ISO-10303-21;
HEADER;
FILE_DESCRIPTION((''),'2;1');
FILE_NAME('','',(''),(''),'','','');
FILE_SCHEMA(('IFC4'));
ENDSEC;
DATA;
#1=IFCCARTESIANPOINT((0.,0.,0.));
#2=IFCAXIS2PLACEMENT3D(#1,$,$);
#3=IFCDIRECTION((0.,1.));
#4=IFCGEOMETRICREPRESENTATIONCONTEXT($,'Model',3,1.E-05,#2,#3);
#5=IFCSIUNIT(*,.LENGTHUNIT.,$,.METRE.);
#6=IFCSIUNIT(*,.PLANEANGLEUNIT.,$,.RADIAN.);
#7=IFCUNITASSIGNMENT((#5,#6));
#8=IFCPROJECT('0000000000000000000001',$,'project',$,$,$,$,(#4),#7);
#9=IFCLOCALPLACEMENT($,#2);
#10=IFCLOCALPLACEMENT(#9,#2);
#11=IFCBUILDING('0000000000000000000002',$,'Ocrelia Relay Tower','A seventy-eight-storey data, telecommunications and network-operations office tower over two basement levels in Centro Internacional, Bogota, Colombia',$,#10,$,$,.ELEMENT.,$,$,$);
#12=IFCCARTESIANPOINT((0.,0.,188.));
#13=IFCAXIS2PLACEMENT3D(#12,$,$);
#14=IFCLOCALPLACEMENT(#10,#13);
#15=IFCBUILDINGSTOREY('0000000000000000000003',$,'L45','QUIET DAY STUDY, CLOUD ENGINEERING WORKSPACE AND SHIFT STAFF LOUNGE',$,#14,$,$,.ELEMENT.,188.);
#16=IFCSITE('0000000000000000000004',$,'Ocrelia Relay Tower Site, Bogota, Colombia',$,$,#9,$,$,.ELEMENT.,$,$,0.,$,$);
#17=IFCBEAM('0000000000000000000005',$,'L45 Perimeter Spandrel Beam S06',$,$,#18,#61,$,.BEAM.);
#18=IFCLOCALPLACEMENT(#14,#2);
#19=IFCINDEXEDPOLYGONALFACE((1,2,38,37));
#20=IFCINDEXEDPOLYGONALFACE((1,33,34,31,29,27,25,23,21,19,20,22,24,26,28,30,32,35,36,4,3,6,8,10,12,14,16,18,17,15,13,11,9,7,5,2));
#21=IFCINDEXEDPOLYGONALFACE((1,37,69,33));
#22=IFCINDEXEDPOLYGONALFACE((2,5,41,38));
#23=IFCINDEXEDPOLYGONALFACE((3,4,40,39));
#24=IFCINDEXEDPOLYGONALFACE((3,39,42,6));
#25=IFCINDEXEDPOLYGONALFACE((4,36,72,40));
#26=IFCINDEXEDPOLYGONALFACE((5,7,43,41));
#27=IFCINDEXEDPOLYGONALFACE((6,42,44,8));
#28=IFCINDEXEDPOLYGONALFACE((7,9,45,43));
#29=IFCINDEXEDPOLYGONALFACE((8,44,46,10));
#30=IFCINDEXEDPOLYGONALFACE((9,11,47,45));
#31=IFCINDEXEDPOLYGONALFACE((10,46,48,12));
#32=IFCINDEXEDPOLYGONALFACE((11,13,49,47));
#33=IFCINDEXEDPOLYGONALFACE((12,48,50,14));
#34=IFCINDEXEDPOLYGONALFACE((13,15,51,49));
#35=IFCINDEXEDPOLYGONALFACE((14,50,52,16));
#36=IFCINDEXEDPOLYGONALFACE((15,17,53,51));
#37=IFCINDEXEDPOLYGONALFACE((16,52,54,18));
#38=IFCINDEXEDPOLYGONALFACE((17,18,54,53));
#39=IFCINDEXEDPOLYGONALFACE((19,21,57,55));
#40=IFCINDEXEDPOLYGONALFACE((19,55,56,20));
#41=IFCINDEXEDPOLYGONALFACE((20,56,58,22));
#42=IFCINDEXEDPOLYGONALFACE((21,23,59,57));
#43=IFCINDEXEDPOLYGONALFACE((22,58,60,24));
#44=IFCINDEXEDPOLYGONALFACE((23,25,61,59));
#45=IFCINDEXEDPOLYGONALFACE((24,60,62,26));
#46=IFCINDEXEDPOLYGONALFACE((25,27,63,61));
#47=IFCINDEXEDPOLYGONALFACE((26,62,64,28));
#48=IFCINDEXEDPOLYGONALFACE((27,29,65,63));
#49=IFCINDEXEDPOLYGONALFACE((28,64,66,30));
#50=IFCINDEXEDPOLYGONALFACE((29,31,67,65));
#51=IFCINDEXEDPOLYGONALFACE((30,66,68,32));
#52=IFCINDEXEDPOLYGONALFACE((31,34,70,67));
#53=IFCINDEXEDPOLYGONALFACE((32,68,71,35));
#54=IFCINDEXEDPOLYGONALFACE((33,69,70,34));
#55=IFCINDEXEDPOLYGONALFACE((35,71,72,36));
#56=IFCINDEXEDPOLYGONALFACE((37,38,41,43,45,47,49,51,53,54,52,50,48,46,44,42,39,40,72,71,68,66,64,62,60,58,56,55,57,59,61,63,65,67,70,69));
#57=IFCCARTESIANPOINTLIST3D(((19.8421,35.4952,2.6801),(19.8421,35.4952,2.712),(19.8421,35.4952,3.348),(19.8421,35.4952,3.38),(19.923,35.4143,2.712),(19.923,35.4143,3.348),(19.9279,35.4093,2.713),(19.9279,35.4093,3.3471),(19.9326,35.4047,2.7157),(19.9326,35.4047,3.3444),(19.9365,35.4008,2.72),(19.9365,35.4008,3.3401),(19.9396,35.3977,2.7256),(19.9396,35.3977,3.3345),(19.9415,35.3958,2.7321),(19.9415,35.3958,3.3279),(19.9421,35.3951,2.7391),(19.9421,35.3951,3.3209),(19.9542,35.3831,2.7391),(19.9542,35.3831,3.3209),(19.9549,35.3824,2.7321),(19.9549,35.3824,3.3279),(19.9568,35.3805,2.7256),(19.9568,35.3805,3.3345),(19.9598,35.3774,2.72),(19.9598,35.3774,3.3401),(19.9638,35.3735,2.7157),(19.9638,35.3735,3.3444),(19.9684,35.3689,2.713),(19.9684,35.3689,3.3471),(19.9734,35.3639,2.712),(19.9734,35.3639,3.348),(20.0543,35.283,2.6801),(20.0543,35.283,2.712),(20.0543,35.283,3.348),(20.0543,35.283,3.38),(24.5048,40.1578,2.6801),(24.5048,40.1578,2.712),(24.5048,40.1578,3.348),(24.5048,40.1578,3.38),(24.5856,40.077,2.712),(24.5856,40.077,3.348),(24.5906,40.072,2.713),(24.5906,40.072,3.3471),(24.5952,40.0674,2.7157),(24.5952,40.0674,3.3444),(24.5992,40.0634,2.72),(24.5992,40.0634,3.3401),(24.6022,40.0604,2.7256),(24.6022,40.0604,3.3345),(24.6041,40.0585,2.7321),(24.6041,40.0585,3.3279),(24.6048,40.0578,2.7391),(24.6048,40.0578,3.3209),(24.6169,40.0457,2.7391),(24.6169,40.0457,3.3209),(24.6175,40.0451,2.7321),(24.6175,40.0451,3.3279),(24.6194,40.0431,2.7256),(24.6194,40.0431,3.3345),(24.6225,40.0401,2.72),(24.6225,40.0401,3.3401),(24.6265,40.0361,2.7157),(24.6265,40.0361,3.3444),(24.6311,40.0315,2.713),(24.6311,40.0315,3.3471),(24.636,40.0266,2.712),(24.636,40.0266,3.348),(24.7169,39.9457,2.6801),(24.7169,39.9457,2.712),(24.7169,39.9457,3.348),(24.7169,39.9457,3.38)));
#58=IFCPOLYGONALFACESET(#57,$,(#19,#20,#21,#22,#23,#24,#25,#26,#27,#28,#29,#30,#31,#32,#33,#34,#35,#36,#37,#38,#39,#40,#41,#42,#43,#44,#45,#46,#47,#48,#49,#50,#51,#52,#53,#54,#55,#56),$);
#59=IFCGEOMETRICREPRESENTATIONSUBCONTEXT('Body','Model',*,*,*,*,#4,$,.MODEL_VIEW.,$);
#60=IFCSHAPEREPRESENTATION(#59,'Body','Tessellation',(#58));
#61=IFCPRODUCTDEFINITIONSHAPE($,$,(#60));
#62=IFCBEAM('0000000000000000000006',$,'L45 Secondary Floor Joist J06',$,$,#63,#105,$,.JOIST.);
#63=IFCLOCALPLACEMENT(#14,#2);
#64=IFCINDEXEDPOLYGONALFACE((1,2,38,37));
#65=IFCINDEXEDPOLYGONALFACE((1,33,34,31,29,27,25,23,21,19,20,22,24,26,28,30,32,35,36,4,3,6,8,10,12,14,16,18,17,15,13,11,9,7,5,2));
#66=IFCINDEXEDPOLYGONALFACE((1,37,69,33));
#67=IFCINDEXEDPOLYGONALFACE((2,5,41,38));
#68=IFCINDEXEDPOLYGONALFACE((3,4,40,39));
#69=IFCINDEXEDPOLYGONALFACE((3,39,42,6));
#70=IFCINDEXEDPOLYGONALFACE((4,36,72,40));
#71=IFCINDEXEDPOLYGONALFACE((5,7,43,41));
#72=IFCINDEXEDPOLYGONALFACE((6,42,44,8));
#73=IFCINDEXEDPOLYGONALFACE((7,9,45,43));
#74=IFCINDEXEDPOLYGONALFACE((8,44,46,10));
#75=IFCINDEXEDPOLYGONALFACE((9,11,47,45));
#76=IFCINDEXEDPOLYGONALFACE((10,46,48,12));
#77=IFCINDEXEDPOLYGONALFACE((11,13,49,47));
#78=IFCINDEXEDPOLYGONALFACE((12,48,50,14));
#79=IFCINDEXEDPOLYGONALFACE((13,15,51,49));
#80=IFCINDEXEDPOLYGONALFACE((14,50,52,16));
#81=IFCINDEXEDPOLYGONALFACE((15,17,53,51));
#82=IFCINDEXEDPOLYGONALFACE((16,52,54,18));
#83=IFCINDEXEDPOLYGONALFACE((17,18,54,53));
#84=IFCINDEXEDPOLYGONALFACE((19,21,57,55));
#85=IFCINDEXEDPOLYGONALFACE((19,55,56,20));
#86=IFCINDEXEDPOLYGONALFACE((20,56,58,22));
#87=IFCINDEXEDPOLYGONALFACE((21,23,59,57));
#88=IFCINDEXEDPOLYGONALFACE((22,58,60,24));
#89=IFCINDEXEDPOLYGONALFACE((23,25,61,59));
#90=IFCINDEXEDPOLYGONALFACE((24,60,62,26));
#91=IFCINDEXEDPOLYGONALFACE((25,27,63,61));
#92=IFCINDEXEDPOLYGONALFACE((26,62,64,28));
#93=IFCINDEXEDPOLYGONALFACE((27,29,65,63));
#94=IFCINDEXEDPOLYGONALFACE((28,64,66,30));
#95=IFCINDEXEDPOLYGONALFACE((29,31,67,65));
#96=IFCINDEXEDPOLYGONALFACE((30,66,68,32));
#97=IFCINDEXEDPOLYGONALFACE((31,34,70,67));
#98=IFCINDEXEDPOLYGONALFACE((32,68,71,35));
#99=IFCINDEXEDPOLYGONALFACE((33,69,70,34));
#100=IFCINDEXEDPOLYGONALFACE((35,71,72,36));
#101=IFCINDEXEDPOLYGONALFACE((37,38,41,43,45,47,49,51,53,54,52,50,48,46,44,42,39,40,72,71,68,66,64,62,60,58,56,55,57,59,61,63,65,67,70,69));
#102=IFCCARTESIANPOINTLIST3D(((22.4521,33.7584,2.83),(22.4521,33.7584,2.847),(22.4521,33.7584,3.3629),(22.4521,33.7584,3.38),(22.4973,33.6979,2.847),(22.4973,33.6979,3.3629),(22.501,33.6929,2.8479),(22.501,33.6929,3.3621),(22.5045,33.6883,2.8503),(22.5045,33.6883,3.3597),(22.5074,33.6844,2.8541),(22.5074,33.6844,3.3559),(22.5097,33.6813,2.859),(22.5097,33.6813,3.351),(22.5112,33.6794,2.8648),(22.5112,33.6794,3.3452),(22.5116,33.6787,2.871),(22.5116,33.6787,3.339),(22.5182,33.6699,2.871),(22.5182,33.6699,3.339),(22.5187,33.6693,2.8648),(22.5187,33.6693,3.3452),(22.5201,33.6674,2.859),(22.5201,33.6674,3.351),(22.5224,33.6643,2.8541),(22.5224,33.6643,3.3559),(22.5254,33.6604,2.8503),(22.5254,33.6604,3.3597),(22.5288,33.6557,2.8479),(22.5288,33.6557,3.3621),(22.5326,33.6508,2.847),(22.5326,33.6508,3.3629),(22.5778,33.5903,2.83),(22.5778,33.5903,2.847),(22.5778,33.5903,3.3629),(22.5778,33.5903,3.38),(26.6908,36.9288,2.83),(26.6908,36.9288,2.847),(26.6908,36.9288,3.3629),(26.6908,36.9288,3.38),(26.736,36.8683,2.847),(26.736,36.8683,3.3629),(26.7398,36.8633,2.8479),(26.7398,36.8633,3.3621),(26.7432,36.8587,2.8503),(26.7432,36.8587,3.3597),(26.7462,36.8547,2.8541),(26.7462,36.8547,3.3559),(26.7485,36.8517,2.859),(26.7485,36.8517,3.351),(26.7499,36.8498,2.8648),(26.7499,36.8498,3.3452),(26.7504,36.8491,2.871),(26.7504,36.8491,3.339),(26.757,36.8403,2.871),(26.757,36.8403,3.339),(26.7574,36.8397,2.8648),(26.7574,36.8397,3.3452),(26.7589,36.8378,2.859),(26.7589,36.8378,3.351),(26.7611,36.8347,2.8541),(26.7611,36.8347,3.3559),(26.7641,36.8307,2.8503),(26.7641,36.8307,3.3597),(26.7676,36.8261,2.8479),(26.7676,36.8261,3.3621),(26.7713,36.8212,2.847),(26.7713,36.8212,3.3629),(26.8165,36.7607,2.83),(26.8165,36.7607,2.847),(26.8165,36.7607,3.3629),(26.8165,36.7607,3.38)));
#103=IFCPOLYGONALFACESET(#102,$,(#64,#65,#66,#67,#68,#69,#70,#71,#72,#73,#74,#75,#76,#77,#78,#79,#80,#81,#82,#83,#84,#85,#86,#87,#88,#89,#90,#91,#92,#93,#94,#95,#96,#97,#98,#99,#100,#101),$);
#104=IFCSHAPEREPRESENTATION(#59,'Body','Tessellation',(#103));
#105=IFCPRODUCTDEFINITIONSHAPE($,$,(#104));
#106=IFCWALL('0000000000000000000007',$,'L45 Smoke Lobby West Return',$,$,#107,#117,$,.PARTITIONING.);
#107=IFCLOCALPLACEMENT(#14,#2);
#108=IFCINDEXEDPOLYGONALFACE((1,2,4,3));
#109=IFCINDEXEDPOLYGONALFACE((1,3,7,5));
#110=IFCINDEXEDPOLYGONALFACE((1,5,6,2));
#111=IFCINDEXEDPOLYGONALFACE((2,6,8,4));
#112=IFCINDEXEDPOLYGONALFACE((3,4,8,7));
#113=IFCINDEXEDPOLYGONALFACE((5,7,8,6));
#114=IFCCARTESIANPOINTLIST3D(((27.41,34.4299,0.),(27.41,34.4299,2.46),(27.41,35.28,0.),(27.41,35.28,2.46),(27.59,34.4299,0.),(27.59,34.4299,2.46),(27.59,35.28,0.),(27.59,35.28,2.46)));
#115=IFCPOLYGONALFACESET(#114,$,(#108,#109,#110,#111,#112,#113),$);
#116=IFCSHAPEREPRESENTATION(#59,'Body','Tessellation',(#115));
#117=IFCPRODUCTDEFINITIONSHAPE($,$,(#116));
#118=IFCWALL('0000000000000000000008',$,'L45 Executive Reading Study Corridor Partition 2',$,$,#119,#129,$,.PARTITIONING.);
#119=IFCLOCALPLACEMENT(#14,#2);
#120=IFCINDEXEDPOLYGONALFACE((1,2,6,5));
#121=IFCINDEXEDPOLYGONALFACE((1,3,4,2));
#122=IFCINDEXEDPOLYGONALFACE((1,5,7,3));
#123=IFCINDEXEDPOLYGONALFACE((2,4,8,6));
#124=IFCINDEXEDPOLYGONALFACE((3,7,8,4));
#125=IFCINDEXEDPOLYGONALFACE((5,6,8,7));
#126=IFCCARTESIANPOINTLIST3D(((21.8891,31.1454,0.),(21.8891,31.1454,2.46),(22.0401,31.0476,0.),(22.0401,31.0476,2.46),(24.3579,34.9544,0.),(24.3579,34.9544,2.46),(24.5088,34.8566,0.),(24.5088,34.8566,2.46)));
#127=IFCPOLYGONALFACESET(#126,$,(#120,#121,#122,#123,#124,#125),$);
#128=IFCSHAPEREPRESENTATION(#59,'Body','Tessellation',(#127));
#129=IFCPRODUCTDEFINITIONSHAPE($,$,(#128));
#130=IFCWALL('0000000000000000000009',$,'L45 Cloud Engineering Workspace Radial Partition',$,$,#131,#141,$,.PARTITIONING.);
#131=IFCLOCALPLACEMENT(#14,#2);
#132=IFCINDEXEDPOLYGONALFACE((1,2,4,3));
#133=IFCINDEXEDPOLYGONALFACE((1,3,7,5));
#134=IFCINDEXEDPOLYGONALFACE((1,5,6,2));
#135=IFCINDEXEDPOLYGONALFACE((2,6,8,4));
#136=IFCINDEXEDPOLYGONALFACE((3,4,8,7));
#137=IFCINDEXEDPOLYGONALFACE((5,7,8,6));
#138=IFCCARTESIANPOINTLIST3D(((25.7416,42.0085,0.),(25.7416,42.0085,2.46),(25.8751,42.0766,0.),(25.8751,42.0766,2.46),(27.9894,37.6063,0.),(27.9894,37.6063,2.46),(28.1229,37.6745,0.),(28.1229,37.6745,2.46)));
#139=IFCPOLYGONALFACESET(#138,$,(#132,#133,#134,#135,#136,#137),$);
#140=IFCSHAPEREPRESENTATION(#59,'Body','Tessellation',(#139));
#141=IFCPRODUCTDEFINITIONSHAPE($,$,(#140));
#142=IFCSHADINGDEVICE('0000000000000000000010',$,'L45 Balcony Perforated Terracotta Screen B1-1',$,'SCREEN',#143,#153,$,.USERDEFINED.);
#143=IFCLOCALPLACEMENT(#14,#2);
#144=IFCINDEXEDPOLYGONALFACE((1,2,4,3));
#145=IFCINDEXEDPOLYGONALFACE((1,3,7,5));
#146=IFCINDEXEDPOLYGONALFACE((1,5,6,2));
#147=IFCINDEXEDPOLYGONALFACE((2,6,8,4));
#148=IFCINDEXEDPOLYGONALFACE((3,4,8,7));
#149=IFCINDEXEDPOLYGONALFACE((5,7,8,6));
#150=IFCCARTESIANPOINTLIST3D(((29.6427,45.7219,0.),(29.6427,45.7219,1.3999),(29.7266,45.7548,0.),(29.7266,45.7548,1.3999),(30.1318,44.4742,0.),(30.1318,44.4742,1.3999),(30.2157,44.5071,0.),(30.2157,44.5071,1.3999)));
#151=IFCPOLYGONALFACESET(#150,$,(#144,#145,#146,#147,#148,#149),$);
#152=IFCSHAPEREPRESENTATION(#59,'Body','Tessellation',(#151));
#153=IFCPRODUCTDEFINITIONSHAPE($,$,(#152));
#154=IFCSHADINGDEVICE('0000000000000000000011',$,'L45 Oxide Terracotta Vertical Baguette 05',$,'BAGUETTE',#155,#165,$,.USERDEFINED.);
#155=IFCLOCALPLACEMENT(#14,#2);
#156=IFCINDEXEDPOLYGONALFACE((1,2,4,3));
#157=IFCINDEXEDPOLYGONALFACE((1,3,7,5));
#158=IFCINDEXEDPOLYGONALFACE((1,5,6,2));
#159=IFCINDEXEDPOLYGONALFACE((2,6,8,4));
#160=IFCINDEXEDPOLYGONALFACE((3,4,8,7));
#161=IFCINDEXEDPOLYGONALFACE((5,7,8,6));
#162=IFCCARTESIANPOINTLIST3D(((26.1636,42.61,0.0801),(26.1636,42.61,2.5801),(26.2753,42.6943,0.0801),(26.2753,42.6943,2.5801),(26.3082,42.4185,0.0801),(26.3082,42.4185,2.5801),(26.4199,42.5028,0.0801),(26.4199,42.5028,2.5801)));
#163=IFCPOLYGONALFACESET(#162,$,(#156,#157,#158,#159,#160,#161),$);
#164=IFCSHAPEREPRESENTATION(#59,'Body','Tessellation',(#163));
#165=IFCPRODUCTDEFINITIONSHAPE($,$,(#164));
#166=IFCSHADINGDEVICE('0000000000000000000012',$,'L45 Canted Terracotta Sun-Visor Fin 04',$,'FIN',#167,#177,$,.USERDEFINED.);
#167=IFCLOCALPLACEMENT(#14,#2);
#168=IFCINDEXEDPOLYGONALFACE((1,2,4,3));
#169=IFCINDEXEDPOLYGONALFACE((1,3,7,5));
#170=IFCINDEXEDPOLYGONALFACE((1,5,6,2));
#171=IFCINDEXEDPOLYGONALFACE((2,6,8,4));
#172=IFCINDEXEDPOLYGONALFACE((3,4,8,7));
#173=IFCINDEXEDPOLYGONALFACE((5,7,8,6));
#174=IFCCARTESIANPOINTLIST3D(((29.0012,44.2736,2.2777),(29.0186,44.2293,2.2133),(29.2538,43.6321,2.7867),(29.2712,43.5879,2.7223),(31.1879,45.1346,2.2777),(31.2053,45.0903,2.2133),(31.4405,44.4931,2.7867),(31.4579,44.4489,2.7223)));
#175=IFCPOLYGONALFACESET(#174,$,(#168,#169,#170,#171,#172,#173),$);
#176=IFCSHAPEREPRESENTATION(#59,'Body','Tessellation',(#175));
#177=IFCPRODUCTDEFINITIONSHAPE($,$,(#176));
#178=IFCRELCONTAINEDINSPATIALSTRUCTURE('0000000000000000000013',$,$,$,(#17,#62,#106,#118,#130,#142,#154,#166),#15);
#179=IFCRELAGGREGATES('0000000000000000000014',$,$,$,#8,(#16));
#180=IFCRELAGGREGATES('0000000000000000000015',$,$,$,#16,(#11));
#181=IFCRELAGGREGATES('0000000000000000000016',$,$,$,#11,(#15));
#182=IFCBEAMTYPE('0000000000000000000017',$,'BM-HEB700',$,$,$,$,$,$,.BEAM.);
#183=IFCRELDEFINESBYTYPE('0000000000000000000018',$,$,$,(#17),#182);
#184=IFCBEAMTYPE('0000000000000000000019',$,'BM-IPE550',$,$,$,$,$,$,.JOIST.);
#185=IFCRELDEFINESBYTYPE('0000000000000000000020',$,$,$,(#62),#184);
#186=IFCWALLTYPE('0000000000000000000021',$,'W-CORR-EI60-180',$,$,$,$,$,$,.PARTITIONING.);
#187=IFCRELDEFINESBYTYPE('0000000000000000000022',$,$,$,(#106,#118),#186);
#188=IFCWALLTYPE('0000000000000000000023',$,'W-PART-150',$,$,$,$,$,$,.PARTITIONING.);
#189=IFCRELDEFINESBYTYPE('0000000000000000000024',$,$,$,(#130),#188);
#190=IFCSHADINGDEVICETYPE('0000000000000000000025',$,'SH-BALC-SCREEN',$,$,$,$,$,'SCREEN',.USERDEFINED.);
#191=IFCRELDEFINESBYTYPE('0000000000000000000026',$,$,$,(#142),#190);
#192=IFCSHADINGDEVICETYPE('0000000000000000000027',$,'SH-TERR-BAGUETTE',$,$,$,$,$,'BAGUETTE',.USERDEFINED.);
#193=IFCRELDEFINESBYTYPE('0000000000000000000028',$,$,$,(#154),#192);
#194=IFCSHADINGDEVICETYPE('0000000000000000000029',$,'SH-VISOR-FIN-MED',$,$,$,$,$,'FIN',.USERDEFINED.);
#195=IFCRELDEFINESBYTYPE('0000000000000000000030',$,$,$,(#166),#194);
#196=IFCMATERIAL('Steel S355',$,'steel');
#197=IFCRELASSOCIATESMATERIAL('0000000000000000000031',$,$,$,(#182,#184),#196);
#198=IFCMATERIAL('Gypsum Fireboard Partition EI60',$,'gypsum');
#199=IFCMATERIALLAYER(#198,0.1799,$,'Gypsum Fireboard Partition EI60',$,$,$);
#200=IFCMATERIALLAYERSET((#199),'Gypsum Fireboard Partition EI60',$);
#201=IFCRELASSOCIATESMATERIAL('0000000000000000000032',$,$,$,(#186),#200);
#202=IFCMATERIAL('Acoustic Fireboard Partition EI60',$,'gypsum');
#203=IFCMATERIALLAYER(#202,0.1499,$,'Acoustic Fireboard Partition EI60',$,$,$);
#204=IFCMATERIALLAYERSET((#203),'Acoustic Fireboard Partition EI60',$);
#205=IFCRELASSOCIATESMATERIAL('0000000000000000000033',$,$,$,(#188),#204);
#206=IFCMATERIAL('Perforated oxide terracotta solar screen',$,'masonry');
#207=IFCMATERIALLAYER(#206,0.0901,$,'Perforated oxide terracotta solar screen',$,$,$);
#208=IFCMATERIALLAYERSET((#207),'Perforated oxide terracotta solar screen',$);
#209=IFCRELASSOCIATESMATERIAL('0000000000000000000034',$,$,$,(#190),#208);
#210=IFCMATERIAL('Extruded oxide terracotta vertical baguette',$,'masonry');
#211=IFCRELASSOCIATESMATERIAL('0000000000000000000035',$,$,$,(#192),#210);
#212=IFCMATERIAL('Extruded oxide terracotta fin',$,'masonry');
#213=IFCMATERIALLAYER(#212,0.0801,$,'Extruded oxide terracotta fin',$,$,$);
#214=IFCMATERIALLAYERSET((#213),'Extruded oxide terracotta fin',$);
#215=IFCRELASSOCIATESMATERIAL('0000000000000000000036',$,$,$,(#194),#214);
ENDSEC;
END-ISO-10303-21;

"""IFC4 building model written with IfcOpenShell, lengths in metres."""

from ifc_helpers import new_model, si_unit, direction, frame, frame_2d, origin, origin_2d, place, context, subcontext, project, spatial, rectangle, i_section, extrude, material, layer, layer_set, material_profile, profile_set, type_object, element, save


model = new_model("IFC4")

# Units and contexts
model_context = context("Model", 3, precision=1e-05, world=origin(), true_north=direction((0.0, 1.0)))
body_context = subcontext(model_context, "Body", "Model", "MODEL_VIEW")
ifc_project = project(units=[si_unit("LENGTHUNIT", "METRE"), si_unit("PLANEANGLEUNIT", "RADIAN")], contexts=[model_context])

# Site, building, storey
site_placement = place(None, origin())
site = spatial("IfcSite", under=ifc_project, at=site_placement, Name="Ocrelia Relay Tower Site, Bogota, Colombia", CompositionType="ELEMENT", RefElevation=0.0)
building_placement = place(site_placement, origin())
building = spatial("IfcBuilding", under=site, at=building_placement, Name="Ocrelia Relay Tower", Description="A seventy-eight-storey data, telecommunications and network-operations office tower over two basement levels in Centro Internacional, Bogota, Colombia", CompositionType="ELEMENT")
storey_placement = place(building_placement, frame((0.0, 0.0, 188.0)))
storey = spatial("IfcBuildingStorey", under=building, at=storey_placement, Name="L45", Description="QUIET DAY STUDY, CLOUD ENGINEERING WORKSPACE AND SHIFT STAFF LOUNGE", CompositionType="ELEMENT", Elevation=188.0)

# Beams
ifc_material_1 = material(Name="Steel S355", Category="steel")
ifc_material_profile_1 = material_profile(ifc_material_1, i_section(OverallWidth=0.3, OverallDepth=0.7, WebThickness=0.0171, FlangeThickness=0.032, FilletRadius=0.0271, at=origin_2d()), Name="HEB 700")
ifc_profile_set_1 = profile_set([ifc_material_profile_1], Name="Steel S355")
beam_type_1 = type_object("IfcBeamType", Name="BM-HEB700", PredefinedType="BEAM", material=ifc_profile_set_1)
beam_1_placement = place(storey_placement, frame((24.6108, 40.0518, 3.03), z_axis=(-0.707107, -0.707107, 0.0), x_axis=(0.707107, -0.707107, 0.0)))
element("IfcBeam", 1, at=beam_1_placement, inside=storey, type_object=beam_type_1, Name="L45 Perimeter Spandrel Beam S06", PredefinedType="BEAM", context=body_context, shape_type="SweptSolid", body=[
    extrude(i_section(OverallWidth=0.3, OverallDepth=0.7, WebThickness=0.0171, FlangeThickness=0.032, FilletRadius=0.0271, at=origin_2d()), origin(), (0.0, 0.0, 1.0), 6.594),
])
ifc_material_profile_2 = material_profile(ifc_material_1, i_section(OverallWidth=0.21, OverallDepth=0.55, WebThickness=0.011, FlangeThickness=0.0171, FilletRadius=0.0239, at=origin_2d()), Name="IPE 550")
ifc_profile_set_2 = profile_set([ifc_material_profile_2], Name="Steel S355")
beam_type_2 = type_object("IfcBeamType", Name="BM-IPE550", PredefinedType="JOIST", material=ifc_profile_set_2)
beam_2_placement = place(storey_placement, frame((26.7537, 36.8447, 3.105), z_axis=(-0.800785, -0.598952, 0.0), x_axis=(0.598952, -0.800785, 0.0)))
element("IfcBeam", 2, at=beam_2_placement, inside=storey, type_object=beam_type_2, Name="L45 Secondary Floor Joist J06", PredefinedType="JOIST", context=body_context, shape_type="SweptSolid", body=[
    extrude(i_section(OverallWidth=0.21, OverallDepth=0.55, WebThickness=0.011, FlangeThickness=0.0171, FilletRadius=0.0239, at=origin_2d()), origin(), (0.0, 0.0, 1.0), 5.2932),
])

# Wall
ifc_material_2 = material(Name="Gypsum Fireboard Partition EI60", Category="gypsum")
ifc_layer_1 = layer(ifc_material_2, 0.1799, Name="Gypsum Fireboard Partition EI60")
ifc_layer_set_1 = layer_set([ifc_layer_1], Name="Gypsum Fireboard Partition EI60")
wall_type_1 = type_object("IfcWallType", Name="W-CORR-EI60-180", PredefinedType="PARTITIONING", material=ifc_layer_set_1)
wall_1_placement = place(storey_placement, frame((27.5, 34.4299, 0.0), z_axis=(0.0, 0.0, 1.0), x_axis=(0.0, 1.0, 0.0)))
element("IfcWall", 3, at=wall_1_placement, inside=storey, type_object=wall_type_1, Name="L45 Smoke Lobby West Return", PredefinedType="PARTITIONING", context=body_context, shape_type="SweptSolid", body=[
    extrude(rectangle(XDim=0.8501, YDim=0.1799, at=frame_2d((0.425, 0.0))), origin(), (0.0, 0.0, 1.0), 2.46),
])

# Wall
wall_2_placement = place(storey_placement, frame((24.4333, 34.9055, 0.0), z_axis=(0.0, 0.0, 1.0), x_axis=(-0.54388, -0.839163, 0.0)))
element("IfcWall", 4, at=wall_2_placement, inside=storey, type_object=wall_type_1, Name="L45 Executive Reading Study Corridor Partition 2", PredefinedType="PARTITIONING", context=body_context, shape_type="SweptSolid", body=[
    extrude(rectangle(XDim=4.5391, YDim=0.1799, at=frame_2d((2.2695, 0.0))), origin(), (0.0, 0.0, 1.0), 2.46),
])

# Wall
ifc_material_3 = material(Name="Acoustic Fireboard Partition EI60", Category="gypsum")
ifc_layer_2 = layer(ifc_material_3, 0.1499, Name="Acoustic Fireboard Partition EI60")
ifc_layer_set_2 = layer_set([ifc_layer_2], Name="Acoustic Fireboard Partition EI60")
wall_type_2 = type_object("IfcWallType", Name="W-PART-150", PredefinedType="PARTITIONING", material=ifc_layer_set_2)
wall_3_placement = place(storey_placement, frame((28.0562, 37.6404, 0.0), z_axis=(0.0, 0.0, 1.0), x_axis=(-0.454765, 0.890612, 0.0)))
element("IfcWall", 5, at=wall_3_placement, inside=storey, type_object=wall_type_2, Name="L45 Cloud Engineering Workspace Radial Partition", PredefinedType="PARTITIONING", context=body_context, shape_type="SweptSolid", body=[
    extrude(rectangle(XDim=4.9429, YDim=0.1499, at=frame_2d((2.4714, 0.0))), origin(), (0.0, 0.0, 1.0), 2.46),
])

# Shading devices
ifc_material_4 = material(Name="Perforated oxide terracotta solar screen", Category="masonry")
ifc_layer_3 = layer(ifc_material_4, 0.0901, Name="Perforated oxide terracotta solar screen")
ifc_layer_set_3 = layer_set([ifc_layer_3], Name="Perforated oxide terracotta solar screen")
shading_device_type_1 = type_object("IfcShadingDeviceType", Name="SH-BALC-SCREEN", ElementType="SCREEN", PredefinedType="USERDEFINED", material=ifc_layer_set_3)
shading_device_1_placement = place(storey_placement, frame((29.9292, 45.1145, 0.0), z_axis=(0.0, 0.0, 1.0), x_axis=(-0.364935, 0.931033, 0.0)))
element("IfcShadingDevice", 6, at=shading_device_1_placement, inside=storey, type_object=shading_device_type_1, Name="L45 Balcony Perforated Terracotta Screen B1-1", ObjectType="SCREEN", PredefinedType="USERDEFINED", context=body_context, shape_type="SweptSolid", body=[
    extrude(rectangle(XDim=1.3401, YDim=0.0901, at=origin_2d()), origin(), (0.0, 0.0, 1.0), 1.3999),
])
ifc_material_5 = material(Name="Extruded oxide terracotta vertical baguette", Category="masonry")
shading_device_type_2 = type_object("IfcShadingDeviceType", Name="SH-TERR-BAGUETTE", ElementType="BAGUETTE", PredefinedType="USERDEFINED", material=ifc_material_5)
shading_device_2_placement = place(storey_placement, frame((26.2917, 42.5564, 0.0801), z_axis=(0.0, 0.0, 1.0), x_axis=(-0.798106, -0.602517, 0.0)))
element("IfcShadingDevice", 7, at=shading_device_2_placement, inside=storey, type_object=shading_device_type_2, Name="L45 Oxide Terracotta Vertical Baguette 05", ObjectType="BAGUETTE", PredefinedType="USERDEFINED", context=body_context, shape_type="SweptSolid", body=[
    extrude(rectangle(XDim=0.1399, YDim=0.24, at=origin_2d()), origin(), (0.0, 0.0, 1.0), 2.5),
])
ifc_material_6 = material(Name="Extruded oxide terracotta fin", Category="masonry")
ifc_layer_4 = layer(ifc_material_6, 0.0801, Name="Extruded oxide terracotta fin")
ifc_layer_set_4 = layer_set([ifc_layer_4], Name="Extruded oxide terracotta fin")
shading_device_type_3 = type_object("IfcShadingDeviceType", Name="SH-VISOR-FIN-MED", ElementType="FIN", PredefinedType="USERDEFINED", material=ifc_layer_set_4)
shading_device_3_placement = place(storey_placement, frame((30.2383, 44.3391, 2.4678), z_axis=(-0.217614, 0.552682, 0.804479), x_axis=(-0.930471, -0.366365, 0.0)))
element("IfcShadingDevice", 8, at=shading_device_3_placement, inside=storey, type_object=shading_device_type_3, Name="L45 Canted Terracotta Sun-Visor Fin 04", ObjectType="FIN", PredefinedType="USERDEFINED", context=body_context, shape_type="SweptSolid", body=[
    extrude(rectangle(XDim=2.3501, YDim=0.8569, at=origin_2d()), origin(), (0.0, 0.0, 1.0), 0.0801),
])

save(model, "model.ifc")
